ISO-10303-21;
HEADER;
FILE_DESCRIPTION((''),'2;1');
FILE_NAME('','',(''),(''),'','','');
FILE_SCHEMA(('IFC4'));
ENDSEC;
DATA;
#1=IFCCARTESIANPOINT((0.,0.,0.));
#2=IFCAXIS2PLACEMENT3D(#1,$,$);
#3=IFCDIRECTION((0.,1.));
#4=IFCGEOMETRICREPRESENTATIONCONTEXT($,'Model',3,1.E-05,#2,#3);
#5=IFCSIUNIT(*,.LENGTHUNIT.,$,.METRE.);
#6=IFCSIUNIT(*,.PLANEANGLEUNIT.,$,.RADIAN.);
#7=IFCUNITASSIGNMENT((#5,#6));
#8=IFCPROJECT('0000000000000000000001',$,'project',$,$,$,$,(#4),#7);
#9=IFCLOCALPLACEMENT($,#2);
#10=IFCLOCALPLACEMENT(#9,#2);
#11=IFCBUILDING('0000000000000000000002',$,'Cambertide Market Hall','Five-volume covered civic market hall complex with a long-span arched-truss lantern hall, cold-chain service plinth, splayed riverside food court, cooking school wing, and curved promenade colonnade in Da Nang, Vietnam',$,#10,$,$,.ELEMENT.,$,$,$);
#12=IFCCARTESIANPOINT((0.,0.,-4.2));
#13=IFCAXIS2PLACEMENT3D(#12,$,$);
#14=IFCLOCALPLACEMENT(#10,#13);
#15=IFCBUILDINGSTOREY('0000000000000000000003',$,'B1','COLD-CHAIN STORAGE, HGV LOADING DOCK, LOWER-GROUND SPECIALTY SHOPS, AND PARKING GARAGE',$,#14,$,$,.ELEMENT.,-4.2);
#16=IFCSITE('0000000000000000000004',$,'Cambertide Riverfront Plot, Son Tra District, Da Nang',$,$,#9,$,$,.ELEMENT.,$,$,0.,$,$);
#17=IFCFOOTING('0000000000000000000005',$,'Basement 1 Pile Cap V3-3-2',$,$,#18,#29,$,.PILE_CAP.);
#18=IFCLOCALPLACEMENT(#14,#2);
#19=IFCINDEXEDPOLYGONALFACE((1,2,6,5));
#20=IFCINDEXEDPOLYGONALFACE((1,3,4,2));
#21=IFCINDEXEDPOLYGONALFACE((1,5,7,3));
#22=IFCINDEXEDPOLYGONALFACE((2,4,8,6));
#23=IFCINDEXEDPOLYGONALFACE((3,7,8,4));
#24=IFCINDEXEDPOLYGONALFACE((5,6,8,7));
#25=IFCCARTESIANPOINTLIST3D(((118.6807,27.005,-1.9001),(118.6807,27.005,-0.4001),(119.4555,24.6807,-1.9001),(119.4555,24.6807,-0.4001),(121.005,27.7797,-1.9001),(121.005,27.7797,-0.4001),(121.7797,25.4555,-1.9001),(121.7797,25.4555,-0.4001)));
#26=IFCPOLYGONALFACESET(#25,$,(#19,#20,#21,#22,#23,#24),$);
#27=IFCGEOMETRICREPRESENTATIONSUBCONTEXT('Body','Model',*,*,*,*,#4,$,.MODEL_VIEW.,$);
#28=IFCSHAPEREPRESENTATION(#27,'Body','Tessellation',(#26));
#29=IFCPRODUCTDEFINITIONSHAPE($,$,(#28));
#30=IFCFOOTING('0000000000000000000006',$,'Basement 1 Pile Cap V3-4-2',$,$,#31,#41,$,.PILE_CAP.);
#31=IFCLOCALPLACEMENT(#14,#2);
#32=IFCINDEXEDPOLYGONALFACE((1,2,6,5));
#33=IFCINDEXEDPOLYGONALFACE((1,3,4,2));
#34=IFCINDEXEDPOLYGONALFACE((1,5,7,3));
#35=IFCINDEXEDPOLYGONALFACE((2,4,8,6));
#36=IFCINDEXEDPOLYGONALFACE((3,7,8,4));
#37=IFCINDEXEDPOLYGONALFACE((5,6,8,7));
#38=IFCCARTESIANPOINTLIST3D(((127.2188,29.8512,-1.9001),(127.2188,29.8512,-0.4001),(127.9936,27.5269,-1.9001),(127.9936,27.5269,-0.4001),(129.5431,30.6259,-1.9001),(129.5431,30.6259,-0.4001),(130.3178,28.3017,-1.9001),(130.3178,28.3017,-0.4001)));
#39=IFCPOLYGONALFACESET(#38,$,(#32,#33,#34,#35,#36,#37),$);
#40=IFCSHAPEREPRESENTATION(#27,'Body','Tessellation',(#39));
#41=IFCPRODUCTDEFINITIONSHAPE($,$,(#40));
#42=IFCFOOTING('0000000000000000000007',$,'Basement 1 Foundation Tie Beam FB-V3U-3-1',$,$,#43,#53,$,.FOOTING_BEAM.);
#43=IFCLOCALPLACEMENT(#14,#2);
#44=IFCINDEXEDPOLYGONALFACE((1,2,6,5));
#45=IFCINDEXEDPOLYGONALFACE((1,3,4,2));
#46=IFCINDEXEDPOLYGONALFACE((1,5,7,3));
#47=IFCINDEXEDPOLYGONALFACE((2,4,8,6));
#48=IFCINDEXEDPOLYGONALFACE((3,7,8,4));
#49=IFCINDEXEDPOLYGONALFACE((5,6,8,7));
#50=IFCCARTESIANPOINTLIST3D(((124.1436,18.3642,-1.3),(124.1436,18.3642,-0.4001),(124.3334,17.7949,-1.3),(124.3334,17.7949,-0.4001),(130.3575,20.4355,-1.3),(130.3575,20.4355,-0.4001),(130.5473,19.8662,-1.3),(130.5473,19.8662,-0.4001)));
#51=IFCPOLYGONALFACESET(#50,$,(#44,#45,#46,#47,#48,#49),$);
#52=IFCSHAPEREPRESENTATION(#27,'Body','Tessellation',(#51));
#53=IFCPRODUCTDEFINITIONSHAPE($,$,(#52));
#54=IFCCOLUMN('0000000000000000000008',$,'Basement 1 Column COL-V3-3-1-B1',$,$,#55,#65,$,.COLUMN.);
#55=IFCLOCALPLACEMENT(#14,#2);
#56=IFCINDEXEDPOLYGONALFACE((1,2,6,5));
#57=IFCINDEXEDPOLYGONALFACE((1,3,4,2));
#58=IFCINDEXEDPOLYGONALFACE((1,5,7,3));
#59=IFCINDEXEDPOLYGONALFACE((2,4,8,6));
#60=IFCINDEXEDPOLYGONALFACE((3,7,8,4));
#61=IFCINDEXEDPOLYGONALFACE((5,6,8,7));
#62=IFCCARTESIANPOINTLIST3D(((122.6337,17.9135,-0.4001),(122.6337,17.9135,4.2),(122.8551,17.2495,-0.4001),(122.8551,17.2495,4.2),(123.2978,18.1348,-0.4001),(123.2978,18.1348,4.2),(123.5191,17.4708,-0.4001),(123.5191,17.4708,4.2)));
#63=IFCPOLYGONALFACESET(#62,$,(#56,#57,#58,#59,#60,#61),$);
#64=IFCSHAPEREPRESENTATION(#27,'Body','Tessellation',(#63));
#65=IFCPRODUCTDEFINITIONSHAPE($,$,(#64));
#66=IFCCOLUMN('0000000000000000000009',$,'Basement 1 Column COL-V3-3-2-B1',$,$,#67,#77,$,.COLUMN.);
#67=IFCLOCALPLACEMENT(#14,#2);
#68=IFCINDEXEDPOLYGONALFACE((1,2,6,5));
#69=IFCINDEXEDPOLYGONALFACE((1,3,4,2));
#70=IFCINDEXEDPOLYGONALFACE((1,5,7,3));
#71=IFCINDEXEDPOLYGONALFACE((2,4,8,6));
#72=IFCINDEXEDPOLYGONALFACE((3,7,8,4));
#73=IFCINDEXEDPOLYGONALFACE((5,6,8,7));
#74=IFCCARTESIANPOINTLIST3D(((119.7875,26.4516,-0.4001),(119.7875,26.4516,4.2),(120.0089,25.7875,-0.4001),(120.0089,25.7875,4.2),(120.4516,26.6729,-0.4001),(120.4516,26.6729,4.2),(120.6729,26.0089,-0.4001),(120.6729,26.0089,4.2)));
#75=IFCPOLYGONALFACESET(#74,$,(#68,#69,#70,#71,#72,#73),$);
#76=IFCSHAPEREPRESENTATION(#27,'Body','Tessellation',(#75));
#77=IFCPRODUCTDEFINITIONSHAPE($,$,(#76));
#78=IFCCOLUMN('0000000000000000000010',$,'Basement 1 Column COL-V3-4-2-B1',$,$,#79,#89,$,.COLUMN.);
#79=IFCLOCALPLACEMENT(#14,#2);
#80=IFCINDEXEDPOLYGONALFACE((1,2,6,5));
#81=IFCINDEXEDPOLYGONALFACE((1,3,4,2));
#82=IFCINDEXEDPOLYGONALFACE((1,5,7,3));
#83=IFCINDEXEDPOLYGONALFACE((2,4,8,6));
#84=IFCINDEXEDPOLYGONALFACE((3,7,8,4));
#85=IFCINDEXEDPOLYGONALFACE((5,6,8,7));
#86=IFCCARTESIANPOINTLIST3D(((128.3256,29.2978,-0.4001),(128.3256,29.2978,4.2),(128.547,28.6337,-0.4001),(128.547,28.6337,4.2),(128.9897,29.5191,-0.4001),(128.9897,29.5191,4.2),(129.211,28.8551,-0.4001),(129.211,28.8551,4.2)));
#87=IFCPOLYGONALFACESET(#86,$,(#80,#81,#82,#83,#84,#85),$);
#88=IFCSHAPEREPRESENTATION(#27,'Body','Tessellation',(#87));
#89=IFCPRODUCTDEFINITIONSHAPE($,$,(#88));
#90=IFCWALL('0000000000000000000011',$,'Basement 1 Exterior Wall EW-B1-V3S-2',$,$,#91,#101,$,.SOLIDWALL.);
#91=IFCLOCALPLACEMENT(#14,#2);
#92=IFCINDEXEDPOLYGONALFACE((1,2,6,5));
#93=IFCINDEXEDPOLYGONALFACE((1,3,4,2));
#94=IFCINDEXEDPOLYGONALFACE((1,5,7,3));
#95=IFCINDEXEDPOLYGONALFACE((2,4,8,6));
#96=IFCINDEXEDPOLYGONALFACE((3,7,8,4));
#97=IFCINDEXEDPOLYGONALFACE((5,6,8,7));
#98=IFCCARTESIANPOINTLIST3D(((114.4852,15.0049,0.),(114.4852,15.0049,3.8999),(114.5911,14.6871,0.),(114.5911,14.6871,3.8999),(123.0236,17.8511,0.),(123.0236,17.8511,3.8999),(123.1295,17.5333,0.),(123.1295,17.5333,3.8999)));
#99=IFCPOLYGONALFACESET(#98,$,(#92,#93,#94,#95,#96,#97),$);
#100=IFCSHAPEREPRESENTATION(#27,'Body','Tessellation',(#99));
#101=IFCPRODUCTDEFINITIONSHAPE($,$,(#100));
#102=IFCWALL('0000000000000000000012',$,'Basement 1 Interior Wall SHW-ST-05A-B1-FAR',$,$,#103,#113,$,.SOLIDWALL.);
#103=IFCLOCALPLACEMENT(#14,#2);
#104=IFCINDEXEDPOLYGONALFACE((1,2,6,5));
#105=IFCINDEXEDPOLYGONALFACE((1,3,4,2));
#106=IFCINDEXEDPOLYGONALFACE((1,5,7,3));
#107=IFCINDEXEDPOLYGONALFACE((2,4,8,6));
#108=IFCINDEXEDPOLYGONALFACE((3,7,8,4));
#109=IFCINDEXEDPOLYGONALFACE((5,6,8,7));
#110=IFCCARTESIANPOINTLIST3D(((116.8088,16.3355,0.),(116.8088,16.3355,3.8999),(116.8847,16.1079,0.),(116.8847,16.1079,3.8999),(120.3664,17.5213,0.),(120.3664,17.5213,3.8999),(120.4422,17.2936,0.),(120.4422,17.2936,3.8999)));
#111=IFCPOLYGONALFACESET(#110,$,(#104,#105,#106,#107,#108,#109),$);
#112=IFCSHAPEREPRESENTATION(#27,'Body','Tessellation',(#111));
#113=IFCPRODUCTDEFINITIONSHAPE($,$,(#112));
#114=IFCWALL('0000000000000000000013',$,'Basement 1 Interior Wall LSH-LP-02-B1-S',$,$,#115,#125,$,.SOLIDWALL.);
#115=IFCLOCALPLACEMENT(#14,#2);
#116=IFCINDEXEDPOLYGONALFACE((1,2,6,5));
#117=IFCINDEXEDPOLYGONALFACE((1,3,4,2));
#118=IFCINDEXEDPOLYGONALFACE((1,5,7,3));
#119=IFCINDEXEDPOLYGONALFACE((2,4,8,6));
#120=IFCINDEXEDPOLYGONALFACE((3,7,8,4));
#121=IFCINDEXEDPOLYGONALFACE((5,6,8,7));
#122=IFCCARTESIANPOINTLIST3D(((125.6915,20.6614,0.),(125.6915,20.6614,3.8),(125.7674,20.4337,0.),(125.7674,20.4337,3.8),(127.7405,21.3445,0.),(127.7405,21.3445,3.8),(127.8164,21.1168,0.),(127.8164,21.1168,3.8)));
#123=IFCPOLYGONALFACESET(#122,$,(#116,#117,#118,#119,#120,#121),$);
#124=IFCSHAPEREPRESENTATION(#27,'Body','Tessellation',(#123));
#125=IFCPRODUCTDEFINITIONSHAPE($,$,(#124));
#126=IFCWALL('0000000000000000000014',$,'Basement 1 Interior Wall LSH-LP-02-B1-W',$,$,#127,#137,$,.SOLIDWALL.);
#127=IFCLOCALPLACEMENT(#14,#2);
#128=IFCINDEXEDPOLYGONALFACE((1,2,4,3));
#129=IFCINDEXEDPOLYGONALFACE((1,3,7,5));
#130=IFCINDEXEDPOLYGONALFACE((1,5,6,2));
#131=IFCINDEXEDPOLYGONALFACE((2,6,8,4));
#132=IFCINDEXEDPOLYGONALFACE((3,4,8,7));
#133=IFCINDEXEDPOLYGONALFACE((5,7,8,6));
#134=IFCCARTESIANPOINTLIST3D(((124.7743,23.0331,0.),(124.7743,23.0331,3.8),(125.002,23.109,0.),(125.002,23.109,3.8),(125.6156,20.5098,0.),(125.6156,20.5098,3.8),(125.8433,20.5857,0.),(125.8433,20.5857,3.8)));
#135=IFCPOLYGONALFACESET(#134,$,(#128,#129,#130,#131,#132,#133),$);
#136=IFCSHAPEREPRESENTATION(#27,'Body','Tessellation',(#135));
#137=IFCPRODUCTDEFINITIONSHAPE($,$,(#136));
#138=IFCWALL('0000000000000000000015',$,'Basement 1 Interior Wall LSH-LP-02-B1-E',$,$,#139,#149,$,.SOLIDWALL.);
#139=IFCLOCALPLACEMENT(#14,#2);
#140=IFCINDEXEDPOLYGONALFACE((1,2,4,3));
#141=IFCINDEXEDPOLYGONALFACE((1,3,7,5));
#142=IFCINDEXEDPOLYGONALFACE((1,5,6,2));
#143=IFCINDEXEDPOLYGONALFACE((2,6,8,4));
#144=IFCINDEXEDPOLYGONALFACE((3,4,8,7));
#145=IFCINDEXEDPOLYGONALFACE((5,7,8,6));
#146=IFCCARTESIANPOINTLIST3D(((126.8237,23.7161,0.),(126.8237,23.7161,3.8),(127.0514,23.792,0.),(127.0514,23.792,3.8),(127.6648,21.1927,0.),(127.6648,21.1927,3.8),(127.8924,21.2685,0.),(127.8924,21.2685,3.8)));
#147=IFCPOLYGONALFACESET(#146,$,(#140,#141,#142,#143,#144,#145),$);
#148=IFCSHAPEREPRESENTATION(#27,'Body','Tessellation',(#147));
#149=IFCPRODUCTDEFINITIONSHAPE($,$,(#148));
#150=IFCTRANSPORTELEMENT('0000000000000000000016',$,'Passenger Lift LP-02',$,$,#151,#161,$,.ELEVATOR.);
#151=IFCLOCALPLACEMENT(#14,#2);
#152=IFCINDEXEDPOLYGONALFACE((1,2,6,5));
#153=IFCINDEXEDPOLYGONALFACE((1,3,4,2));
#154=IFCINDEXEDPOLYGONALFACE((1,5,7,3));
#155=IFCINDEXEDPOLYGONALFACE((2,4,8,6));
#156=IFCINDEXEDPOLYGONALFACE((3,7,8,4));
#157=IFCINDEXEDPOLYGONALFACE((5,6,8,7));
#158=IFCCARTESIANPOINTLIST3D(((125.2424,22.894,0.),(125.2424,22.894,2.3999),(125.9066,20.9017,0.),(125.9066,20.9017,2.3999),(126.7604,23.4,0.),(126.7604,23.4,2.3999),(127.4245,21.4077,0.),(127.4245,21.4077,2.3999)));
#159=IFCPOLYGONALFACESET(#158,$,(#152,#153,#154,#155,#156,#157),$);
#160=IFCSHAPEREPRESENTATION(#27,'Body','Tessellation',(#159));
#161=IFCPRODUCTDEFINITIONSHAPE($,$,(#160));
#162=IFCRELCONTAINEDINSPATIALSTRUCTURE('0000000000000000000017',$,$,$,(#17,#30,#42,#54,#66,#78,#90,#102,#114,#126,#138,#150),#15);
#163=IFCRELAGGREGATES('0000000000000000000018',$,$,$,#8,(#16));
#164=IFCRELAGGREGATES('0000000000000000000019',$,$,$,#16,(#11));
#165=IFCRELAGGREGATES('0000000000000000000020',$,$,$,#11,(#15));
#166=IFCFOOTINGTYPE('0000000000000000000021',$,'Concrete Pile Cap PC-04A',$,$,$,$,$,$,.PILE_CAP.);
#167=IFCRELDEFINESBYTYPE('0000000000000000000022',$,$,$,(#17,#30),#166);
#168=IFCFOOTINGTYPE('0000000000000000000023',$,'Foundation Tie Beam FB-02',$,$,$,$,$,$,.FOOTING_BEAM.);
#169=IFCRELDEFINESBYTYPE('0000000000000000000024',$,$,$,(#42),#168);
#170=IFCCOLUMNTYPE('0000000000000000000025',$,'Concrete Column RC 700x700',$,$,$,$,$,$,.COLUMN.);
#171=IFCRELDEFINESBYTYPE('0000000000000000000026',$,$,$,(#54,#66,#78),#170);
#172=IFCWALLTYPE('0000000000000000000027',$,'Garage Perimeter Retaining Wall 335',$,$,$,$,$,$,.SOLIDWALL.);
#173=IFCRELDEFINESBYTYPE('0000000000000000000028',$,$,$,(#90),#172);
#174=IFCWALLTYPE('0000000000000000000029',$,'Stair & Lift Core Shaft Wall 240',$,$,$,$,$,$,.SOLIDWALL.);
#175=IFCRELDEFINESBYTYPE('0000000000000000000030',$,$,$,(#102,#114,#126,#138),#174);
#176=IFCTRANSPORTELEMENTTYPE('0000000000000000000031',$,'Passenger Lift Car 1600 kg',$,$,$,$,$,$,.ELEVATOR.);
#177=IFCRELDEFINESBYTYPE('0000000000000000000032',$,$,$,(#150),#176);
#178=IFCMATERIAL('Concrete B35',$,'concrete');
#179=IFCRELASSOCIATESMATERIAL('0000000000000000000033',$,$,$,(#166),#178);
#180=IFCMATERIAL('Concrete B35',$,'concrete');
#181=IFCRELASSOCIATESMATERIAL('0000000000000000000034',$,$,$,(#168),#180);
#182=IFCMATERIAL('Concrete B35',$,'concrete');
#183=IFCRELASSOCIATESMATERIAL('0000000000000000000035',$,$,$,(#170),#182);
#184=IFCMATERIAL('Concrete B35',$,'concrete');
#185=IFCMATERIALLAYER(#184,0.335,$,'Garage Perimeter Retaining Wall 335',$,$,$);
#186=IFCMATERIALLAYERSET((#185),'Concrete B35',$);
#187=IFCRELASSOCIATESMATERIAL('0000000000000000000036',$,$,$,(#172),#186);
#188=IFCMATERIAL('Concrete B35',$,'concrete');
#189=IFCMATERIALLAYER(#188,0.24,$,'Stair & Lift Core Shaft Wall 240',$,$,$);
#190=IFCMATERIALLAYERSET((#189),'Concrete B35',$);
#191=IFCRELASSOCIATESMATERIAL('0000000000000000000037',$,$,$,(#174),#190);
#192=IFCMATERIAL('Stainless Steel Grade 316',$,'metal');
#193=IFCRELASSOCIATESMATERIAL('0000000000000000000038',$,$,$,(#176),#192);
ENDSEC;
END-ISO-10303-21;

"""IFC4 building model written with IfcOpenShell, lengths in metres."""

from ifc_helpers import new_model, si_unit, direction, frame, frame_2d, origin, origin_2d, place, context, subcontext, project, spatial, rectangle, extrude, material, layer, layer_set, material_profile, profile_set, type_object, element, save


model = new_model("IFC4")

# Units and contexts
model_context = context("Model", 3, precision=1e-05, world=origin(), true_north=direction((0.0, 1.0)))
body_context = subcontext(model_context, "Body", "Model", "MODEL_VIEW")
ifc_project = project(units=[si_unit("LENGTHUNIT", "METRE"), si_unit("PLANEANGLEUNIT", "RADIAN")], contexts=[model_context])

# Site, building, storey
site_placement = place(None, origin())
site = spatial("IfcSite", under=ifc_project, at=site_placement, Name="Cambertide Riverfront Plot, Son Tra District, Da Nang", CompositionType="ELEMENT", RefElevation=0.0)
building_placement = place(site_placement, origin())
building = spatial("IfcBuilding", under=site, at=building_placement, Name="Cambertide Market Hall", Description="Five-volume covered civic market hall complex with a long-span arched-truss lantern hall, cold-chain service plinth, splayed riverside food court, cooking school wing, and curved promenade colonnade in Da Nang, Vietnam", CompositionType="ELEMENT")
storey_placement = place(building_placement, frame((0.0, 0.0, -4.2)))
storey = spatial("IfcBuildingStorey", under=building, at=storey_placement, Name="B1", Description="COLD-CHAIN STORAGE, HGV LOADING DOCK, LOWER-GROUND SPECIALTY SHOPS, AND PARKING GARAGE", CompositionType="ELEMENT", Elevation=-4.2)

# Footings
ifc_material_1 = material(Name="Concrete B35", Category="concrete")
footing_type_1 = type_object("IfcFootingType", Name="Concrete Pile Cap PC-04A", PredefinedType="PILE_CAP", material=ifc_material_1)
for number, where, z_axis, x_axis, name in (
    (1, (120.2302, 26.2302, -1.9001), (0.0, 0.0, 1.0), (0.948683, 0.316228, 0.0), "Basement 1 Pile Cap V3-3-2"),
    (2, (128.7683, 29.0764, -1.9001), (0.0, 0.0, 1.0), (0.948683, 0.316228, 0.0), "Basement 1 Pile Cap V3-4-2"),
):
    element("IfcFooting", number, at=place(storey_placement, frame(where, z_axis=z_axis, x_axis=x_axis)), inside=storey, type_object=footing_type_1, Name=name, PredefinedType="PILE_CAP", context=body_context, shape_type="SweptSolid", body=[
        extrude(rectangle(XDim=2.45, YDim=2.45, at=origin_2d()), origin(), (0.0, 0.0, 1.0), 1.5),
    ])
ifc_material_2 = material(Name="Concrete B35", Category="concrete")
footing_type_2 = type_object("IfcFootingType", Name="Foundation Tie Beam FB-02", PredefinedType="FOOTING_BEAM", material=ifc_material_2)
footing_placement = place(storey_placement, frame((127.3455, 19.1152, -1.3), z_axis=(0.0, 0.0, 1.0), x_axis=(0.948683, 0.316228, 0.0)))
element("IfcFooting", 3, at=footing_placement, inside=storey, type_object=footing_type_2, Name="Basement 1 Foundation Tie Beam FB-V3U-3-1", PredefinedType="FOOTING_BEAM", context=body_context, shape_type="SweptSolid", body=[
    extrude(rectangle(XDim=6.55, YDim=0.6001, at=origin_2d()), origin(), (0.0, 0.0, 1.0), 0.8999),
])

# Columns
ifc_material_3 = material(Name="Concrete B35", Category="concrete")
ifc_material_profile_1 = material_profile(ifc_material_3, rectangle(XDim=0.7, YDim=0.7, at=origin_2d()), Name="RC 700x700")
ifc_profile_set_1 = profile_set([ifc_material_profile_1], Name="Concrete B35")
column_type = type_object("IfcColumnType", Name="Concrete Column RC 700x700", PredefinedType="COLUMN", material=ifc_profile_set_1)
for number, where, z_axis, x_axis, name in (
    (4, (123.0764, 17.6921, -0.4001), (0.0, 0.0, 1.0), (0.948683, 0.316228, 0.0), "Basement 1 Column COL-V3-3-1-B1"),
    (5, (120.2302, 26.2302, -0.4001), (0.0, 0.0, 1.0), (0.948683, 0.316228, 0.0), "Basement 1 Column COL-V3-3-2-B1"),
    (6, (128.7683, 29.0764, -0.4001), (0.0, 0.0, 1.0), (0.948683, 0.316228, 0.0), "Basement 1 Column COL-V3-4-2-B1"),
):
    element("IfcColumn", number, at=place(storey_placement, frame(where, z_axis=z_axis, x_axis=x_axis)), inside=storey, type_object=column_type, Name=name, PredefinedType="COLUMN", context=body_context, shape_type="SweptSolid", body=[
        extrude(rectangle(XDim=0.7, YDim=0.7, at=origin_2d()), origin(), (0.0, 0.0, 1.0), 4.6001),
    ])

# Wall
ifc_material_4 = material(Name="Concrete B35", Category="concrete")
ifc_layer_1 = layer(ifc_material_4, 0.335, Name="Garage Perimeter Retaining Wall 335")
ifc_layer_set_1 = layer_set([ifc_layer_1], Name="Concrete B35")
wall_type_1 = type_object("IfcWallType", Name="Garage Perimeter Retaining Wall 335", PredefinedType="SOLIDWALL", material=ifc_layer_set_1)
wall_1_placement = place(storey_placement, frame((123.0764, 17.6921, 0.0), z_axis=(0.0, 0.0, 1.0), x_axis=(-0.948681, -0.316236, 0.0)))
element("IfcWall", 7, at=wall_1_placement, inside=storey, type_object=wall_type_1, Name="Basement 1 Exterior Wall EW-B1-V3S-2", PredefinedType="SOLIDWALL", context=body_context, shape_type="SweptSolid", body=[
    extrude(rectangle(XDim=9.0002, YDim=0.335, at=frame_2d((4.5, 0.0))), origin(), (0.0, 0.0, 1.0), 3.8999),
])

# Walls
ifc_material_5 = material(Name="Concrete B35", Category="concrete")
ifc_layer_2 = layer(ifc_material_5, 0.24, Name="Stair & Lift Core Shaft Wall 240")
ifc_layer_set_2 = layer_set([ifc_layer_2], Name="Concrete B35")
wall_type_2 = type_object("IfcWallType", Name="Stair & Lift Core Shaft Wall 240", PredefinedType="SOLIDWALL", material=ifc_layer_set_2)
wall_2_placement = place(storey_placement, frame((120.4043, 17.4075, 0.0), z_axis=(0.0, 0.0, 1.0), x_axis=(-0.94869, -0.316208, 0.0)))
element("IfcWall", 8, at=wall_2_placement, inside=storey, type_object=wall_type_2, Name="Basement 1 Interior Wall SHW-ST-05A-B1-FAR", PredefinedType="SOLIDWALL", context=body_context, shape_type="SweptSolid", body=[
    extrude(rectangle(XDim=3.75, YDim=0.24, at=frame_2d((1.875, 0.0))), origin(), (0.0, 0.0, 1.0), 3.8999),
])
wall_3_placement = place(storey_placement, frame((127.7786, 21.2307, 0.0), z_axis=(0.0, 0.0, 1.0), x_axis=(-0.948672, -0.316262, 0.0)))
element("IfcWall", 9, at=wall_3_placement, inside=storey, type_object=wall_type_2, Name="Basement 1 Interior Wall LSH-LP-02-B1-S", PredefinedType="SOLIDWALL", context=body_context, shape_type="SweptSolid", body=[
    extrude(rectangle(XDim=2.1599, YDim=0.24, at=frame_2d((1.0801, 0.0))), origin(), (0.0, 0.0, 1.0), 3.8),
])

# Walls
for number, where, z_axis, x_axis, name in (
    (10, (125.7295, 20.5476, 0.0), (0.0, 0.0, 1.0), (-0.316283, 0.948665, 0.0), "Basement 1 Interior Wall LSH-LP-02-B1-W"),
    (11, (126.9375, 23.7542, 0.0), (0.0, 0.0, 1.0), (0.3162, -0.948692, 0.0), "Basement 1 Interior Wall LSH-LP-02-B1-E"),
):
    element("IfcWall", number, at=place(storey_placement, frame(where, z_axis=z_axis, x_axis=x_axis)), inside=storey, type_object=wall_type_2, Name=name, PredefinedType="SOLIDWALL", context=body_context, shape_type="SweptSolid", body=[
        extrude(rectangle(XDim=2.6599, YDim=0.24, at=frame_2d((1.3301, 0.0))), origin(), (0.0, 0.0, 1.0), 3.8),
    ])

# Transport element
ifc_material_6 = material(Name="Stainless Steel Grade 316", Category="metal")
transport_element_type = type_object("IfcTransportElementType", Name="Passenger Lift Car 1600 kg", PredefinedType="ELEVATOR", material=ifc_material_6)
transport_element_placement = place(storey_placement, frame((126.3335, 22.1509, 0.0), z_axis=(0.0, 0.0, 1.0), x_axis=(0.948683, 0.316228, 0.0)))
element("IfcTransportElement", 12, at=transport_element_placement, inside=storey, type_object=transport_element_type, Name="Passenger Lift LP-02", PredefinedType="ELEVATOR", context=body_context, shape_type="SweptSolid", body=[
    extrude(rectangle(XDim=1.6001, YDim=2.1001, at=origin_2d()), origin(), (0.0, 0.0, 1.0), 2.3999),
])

save(model, "model.ifc")
